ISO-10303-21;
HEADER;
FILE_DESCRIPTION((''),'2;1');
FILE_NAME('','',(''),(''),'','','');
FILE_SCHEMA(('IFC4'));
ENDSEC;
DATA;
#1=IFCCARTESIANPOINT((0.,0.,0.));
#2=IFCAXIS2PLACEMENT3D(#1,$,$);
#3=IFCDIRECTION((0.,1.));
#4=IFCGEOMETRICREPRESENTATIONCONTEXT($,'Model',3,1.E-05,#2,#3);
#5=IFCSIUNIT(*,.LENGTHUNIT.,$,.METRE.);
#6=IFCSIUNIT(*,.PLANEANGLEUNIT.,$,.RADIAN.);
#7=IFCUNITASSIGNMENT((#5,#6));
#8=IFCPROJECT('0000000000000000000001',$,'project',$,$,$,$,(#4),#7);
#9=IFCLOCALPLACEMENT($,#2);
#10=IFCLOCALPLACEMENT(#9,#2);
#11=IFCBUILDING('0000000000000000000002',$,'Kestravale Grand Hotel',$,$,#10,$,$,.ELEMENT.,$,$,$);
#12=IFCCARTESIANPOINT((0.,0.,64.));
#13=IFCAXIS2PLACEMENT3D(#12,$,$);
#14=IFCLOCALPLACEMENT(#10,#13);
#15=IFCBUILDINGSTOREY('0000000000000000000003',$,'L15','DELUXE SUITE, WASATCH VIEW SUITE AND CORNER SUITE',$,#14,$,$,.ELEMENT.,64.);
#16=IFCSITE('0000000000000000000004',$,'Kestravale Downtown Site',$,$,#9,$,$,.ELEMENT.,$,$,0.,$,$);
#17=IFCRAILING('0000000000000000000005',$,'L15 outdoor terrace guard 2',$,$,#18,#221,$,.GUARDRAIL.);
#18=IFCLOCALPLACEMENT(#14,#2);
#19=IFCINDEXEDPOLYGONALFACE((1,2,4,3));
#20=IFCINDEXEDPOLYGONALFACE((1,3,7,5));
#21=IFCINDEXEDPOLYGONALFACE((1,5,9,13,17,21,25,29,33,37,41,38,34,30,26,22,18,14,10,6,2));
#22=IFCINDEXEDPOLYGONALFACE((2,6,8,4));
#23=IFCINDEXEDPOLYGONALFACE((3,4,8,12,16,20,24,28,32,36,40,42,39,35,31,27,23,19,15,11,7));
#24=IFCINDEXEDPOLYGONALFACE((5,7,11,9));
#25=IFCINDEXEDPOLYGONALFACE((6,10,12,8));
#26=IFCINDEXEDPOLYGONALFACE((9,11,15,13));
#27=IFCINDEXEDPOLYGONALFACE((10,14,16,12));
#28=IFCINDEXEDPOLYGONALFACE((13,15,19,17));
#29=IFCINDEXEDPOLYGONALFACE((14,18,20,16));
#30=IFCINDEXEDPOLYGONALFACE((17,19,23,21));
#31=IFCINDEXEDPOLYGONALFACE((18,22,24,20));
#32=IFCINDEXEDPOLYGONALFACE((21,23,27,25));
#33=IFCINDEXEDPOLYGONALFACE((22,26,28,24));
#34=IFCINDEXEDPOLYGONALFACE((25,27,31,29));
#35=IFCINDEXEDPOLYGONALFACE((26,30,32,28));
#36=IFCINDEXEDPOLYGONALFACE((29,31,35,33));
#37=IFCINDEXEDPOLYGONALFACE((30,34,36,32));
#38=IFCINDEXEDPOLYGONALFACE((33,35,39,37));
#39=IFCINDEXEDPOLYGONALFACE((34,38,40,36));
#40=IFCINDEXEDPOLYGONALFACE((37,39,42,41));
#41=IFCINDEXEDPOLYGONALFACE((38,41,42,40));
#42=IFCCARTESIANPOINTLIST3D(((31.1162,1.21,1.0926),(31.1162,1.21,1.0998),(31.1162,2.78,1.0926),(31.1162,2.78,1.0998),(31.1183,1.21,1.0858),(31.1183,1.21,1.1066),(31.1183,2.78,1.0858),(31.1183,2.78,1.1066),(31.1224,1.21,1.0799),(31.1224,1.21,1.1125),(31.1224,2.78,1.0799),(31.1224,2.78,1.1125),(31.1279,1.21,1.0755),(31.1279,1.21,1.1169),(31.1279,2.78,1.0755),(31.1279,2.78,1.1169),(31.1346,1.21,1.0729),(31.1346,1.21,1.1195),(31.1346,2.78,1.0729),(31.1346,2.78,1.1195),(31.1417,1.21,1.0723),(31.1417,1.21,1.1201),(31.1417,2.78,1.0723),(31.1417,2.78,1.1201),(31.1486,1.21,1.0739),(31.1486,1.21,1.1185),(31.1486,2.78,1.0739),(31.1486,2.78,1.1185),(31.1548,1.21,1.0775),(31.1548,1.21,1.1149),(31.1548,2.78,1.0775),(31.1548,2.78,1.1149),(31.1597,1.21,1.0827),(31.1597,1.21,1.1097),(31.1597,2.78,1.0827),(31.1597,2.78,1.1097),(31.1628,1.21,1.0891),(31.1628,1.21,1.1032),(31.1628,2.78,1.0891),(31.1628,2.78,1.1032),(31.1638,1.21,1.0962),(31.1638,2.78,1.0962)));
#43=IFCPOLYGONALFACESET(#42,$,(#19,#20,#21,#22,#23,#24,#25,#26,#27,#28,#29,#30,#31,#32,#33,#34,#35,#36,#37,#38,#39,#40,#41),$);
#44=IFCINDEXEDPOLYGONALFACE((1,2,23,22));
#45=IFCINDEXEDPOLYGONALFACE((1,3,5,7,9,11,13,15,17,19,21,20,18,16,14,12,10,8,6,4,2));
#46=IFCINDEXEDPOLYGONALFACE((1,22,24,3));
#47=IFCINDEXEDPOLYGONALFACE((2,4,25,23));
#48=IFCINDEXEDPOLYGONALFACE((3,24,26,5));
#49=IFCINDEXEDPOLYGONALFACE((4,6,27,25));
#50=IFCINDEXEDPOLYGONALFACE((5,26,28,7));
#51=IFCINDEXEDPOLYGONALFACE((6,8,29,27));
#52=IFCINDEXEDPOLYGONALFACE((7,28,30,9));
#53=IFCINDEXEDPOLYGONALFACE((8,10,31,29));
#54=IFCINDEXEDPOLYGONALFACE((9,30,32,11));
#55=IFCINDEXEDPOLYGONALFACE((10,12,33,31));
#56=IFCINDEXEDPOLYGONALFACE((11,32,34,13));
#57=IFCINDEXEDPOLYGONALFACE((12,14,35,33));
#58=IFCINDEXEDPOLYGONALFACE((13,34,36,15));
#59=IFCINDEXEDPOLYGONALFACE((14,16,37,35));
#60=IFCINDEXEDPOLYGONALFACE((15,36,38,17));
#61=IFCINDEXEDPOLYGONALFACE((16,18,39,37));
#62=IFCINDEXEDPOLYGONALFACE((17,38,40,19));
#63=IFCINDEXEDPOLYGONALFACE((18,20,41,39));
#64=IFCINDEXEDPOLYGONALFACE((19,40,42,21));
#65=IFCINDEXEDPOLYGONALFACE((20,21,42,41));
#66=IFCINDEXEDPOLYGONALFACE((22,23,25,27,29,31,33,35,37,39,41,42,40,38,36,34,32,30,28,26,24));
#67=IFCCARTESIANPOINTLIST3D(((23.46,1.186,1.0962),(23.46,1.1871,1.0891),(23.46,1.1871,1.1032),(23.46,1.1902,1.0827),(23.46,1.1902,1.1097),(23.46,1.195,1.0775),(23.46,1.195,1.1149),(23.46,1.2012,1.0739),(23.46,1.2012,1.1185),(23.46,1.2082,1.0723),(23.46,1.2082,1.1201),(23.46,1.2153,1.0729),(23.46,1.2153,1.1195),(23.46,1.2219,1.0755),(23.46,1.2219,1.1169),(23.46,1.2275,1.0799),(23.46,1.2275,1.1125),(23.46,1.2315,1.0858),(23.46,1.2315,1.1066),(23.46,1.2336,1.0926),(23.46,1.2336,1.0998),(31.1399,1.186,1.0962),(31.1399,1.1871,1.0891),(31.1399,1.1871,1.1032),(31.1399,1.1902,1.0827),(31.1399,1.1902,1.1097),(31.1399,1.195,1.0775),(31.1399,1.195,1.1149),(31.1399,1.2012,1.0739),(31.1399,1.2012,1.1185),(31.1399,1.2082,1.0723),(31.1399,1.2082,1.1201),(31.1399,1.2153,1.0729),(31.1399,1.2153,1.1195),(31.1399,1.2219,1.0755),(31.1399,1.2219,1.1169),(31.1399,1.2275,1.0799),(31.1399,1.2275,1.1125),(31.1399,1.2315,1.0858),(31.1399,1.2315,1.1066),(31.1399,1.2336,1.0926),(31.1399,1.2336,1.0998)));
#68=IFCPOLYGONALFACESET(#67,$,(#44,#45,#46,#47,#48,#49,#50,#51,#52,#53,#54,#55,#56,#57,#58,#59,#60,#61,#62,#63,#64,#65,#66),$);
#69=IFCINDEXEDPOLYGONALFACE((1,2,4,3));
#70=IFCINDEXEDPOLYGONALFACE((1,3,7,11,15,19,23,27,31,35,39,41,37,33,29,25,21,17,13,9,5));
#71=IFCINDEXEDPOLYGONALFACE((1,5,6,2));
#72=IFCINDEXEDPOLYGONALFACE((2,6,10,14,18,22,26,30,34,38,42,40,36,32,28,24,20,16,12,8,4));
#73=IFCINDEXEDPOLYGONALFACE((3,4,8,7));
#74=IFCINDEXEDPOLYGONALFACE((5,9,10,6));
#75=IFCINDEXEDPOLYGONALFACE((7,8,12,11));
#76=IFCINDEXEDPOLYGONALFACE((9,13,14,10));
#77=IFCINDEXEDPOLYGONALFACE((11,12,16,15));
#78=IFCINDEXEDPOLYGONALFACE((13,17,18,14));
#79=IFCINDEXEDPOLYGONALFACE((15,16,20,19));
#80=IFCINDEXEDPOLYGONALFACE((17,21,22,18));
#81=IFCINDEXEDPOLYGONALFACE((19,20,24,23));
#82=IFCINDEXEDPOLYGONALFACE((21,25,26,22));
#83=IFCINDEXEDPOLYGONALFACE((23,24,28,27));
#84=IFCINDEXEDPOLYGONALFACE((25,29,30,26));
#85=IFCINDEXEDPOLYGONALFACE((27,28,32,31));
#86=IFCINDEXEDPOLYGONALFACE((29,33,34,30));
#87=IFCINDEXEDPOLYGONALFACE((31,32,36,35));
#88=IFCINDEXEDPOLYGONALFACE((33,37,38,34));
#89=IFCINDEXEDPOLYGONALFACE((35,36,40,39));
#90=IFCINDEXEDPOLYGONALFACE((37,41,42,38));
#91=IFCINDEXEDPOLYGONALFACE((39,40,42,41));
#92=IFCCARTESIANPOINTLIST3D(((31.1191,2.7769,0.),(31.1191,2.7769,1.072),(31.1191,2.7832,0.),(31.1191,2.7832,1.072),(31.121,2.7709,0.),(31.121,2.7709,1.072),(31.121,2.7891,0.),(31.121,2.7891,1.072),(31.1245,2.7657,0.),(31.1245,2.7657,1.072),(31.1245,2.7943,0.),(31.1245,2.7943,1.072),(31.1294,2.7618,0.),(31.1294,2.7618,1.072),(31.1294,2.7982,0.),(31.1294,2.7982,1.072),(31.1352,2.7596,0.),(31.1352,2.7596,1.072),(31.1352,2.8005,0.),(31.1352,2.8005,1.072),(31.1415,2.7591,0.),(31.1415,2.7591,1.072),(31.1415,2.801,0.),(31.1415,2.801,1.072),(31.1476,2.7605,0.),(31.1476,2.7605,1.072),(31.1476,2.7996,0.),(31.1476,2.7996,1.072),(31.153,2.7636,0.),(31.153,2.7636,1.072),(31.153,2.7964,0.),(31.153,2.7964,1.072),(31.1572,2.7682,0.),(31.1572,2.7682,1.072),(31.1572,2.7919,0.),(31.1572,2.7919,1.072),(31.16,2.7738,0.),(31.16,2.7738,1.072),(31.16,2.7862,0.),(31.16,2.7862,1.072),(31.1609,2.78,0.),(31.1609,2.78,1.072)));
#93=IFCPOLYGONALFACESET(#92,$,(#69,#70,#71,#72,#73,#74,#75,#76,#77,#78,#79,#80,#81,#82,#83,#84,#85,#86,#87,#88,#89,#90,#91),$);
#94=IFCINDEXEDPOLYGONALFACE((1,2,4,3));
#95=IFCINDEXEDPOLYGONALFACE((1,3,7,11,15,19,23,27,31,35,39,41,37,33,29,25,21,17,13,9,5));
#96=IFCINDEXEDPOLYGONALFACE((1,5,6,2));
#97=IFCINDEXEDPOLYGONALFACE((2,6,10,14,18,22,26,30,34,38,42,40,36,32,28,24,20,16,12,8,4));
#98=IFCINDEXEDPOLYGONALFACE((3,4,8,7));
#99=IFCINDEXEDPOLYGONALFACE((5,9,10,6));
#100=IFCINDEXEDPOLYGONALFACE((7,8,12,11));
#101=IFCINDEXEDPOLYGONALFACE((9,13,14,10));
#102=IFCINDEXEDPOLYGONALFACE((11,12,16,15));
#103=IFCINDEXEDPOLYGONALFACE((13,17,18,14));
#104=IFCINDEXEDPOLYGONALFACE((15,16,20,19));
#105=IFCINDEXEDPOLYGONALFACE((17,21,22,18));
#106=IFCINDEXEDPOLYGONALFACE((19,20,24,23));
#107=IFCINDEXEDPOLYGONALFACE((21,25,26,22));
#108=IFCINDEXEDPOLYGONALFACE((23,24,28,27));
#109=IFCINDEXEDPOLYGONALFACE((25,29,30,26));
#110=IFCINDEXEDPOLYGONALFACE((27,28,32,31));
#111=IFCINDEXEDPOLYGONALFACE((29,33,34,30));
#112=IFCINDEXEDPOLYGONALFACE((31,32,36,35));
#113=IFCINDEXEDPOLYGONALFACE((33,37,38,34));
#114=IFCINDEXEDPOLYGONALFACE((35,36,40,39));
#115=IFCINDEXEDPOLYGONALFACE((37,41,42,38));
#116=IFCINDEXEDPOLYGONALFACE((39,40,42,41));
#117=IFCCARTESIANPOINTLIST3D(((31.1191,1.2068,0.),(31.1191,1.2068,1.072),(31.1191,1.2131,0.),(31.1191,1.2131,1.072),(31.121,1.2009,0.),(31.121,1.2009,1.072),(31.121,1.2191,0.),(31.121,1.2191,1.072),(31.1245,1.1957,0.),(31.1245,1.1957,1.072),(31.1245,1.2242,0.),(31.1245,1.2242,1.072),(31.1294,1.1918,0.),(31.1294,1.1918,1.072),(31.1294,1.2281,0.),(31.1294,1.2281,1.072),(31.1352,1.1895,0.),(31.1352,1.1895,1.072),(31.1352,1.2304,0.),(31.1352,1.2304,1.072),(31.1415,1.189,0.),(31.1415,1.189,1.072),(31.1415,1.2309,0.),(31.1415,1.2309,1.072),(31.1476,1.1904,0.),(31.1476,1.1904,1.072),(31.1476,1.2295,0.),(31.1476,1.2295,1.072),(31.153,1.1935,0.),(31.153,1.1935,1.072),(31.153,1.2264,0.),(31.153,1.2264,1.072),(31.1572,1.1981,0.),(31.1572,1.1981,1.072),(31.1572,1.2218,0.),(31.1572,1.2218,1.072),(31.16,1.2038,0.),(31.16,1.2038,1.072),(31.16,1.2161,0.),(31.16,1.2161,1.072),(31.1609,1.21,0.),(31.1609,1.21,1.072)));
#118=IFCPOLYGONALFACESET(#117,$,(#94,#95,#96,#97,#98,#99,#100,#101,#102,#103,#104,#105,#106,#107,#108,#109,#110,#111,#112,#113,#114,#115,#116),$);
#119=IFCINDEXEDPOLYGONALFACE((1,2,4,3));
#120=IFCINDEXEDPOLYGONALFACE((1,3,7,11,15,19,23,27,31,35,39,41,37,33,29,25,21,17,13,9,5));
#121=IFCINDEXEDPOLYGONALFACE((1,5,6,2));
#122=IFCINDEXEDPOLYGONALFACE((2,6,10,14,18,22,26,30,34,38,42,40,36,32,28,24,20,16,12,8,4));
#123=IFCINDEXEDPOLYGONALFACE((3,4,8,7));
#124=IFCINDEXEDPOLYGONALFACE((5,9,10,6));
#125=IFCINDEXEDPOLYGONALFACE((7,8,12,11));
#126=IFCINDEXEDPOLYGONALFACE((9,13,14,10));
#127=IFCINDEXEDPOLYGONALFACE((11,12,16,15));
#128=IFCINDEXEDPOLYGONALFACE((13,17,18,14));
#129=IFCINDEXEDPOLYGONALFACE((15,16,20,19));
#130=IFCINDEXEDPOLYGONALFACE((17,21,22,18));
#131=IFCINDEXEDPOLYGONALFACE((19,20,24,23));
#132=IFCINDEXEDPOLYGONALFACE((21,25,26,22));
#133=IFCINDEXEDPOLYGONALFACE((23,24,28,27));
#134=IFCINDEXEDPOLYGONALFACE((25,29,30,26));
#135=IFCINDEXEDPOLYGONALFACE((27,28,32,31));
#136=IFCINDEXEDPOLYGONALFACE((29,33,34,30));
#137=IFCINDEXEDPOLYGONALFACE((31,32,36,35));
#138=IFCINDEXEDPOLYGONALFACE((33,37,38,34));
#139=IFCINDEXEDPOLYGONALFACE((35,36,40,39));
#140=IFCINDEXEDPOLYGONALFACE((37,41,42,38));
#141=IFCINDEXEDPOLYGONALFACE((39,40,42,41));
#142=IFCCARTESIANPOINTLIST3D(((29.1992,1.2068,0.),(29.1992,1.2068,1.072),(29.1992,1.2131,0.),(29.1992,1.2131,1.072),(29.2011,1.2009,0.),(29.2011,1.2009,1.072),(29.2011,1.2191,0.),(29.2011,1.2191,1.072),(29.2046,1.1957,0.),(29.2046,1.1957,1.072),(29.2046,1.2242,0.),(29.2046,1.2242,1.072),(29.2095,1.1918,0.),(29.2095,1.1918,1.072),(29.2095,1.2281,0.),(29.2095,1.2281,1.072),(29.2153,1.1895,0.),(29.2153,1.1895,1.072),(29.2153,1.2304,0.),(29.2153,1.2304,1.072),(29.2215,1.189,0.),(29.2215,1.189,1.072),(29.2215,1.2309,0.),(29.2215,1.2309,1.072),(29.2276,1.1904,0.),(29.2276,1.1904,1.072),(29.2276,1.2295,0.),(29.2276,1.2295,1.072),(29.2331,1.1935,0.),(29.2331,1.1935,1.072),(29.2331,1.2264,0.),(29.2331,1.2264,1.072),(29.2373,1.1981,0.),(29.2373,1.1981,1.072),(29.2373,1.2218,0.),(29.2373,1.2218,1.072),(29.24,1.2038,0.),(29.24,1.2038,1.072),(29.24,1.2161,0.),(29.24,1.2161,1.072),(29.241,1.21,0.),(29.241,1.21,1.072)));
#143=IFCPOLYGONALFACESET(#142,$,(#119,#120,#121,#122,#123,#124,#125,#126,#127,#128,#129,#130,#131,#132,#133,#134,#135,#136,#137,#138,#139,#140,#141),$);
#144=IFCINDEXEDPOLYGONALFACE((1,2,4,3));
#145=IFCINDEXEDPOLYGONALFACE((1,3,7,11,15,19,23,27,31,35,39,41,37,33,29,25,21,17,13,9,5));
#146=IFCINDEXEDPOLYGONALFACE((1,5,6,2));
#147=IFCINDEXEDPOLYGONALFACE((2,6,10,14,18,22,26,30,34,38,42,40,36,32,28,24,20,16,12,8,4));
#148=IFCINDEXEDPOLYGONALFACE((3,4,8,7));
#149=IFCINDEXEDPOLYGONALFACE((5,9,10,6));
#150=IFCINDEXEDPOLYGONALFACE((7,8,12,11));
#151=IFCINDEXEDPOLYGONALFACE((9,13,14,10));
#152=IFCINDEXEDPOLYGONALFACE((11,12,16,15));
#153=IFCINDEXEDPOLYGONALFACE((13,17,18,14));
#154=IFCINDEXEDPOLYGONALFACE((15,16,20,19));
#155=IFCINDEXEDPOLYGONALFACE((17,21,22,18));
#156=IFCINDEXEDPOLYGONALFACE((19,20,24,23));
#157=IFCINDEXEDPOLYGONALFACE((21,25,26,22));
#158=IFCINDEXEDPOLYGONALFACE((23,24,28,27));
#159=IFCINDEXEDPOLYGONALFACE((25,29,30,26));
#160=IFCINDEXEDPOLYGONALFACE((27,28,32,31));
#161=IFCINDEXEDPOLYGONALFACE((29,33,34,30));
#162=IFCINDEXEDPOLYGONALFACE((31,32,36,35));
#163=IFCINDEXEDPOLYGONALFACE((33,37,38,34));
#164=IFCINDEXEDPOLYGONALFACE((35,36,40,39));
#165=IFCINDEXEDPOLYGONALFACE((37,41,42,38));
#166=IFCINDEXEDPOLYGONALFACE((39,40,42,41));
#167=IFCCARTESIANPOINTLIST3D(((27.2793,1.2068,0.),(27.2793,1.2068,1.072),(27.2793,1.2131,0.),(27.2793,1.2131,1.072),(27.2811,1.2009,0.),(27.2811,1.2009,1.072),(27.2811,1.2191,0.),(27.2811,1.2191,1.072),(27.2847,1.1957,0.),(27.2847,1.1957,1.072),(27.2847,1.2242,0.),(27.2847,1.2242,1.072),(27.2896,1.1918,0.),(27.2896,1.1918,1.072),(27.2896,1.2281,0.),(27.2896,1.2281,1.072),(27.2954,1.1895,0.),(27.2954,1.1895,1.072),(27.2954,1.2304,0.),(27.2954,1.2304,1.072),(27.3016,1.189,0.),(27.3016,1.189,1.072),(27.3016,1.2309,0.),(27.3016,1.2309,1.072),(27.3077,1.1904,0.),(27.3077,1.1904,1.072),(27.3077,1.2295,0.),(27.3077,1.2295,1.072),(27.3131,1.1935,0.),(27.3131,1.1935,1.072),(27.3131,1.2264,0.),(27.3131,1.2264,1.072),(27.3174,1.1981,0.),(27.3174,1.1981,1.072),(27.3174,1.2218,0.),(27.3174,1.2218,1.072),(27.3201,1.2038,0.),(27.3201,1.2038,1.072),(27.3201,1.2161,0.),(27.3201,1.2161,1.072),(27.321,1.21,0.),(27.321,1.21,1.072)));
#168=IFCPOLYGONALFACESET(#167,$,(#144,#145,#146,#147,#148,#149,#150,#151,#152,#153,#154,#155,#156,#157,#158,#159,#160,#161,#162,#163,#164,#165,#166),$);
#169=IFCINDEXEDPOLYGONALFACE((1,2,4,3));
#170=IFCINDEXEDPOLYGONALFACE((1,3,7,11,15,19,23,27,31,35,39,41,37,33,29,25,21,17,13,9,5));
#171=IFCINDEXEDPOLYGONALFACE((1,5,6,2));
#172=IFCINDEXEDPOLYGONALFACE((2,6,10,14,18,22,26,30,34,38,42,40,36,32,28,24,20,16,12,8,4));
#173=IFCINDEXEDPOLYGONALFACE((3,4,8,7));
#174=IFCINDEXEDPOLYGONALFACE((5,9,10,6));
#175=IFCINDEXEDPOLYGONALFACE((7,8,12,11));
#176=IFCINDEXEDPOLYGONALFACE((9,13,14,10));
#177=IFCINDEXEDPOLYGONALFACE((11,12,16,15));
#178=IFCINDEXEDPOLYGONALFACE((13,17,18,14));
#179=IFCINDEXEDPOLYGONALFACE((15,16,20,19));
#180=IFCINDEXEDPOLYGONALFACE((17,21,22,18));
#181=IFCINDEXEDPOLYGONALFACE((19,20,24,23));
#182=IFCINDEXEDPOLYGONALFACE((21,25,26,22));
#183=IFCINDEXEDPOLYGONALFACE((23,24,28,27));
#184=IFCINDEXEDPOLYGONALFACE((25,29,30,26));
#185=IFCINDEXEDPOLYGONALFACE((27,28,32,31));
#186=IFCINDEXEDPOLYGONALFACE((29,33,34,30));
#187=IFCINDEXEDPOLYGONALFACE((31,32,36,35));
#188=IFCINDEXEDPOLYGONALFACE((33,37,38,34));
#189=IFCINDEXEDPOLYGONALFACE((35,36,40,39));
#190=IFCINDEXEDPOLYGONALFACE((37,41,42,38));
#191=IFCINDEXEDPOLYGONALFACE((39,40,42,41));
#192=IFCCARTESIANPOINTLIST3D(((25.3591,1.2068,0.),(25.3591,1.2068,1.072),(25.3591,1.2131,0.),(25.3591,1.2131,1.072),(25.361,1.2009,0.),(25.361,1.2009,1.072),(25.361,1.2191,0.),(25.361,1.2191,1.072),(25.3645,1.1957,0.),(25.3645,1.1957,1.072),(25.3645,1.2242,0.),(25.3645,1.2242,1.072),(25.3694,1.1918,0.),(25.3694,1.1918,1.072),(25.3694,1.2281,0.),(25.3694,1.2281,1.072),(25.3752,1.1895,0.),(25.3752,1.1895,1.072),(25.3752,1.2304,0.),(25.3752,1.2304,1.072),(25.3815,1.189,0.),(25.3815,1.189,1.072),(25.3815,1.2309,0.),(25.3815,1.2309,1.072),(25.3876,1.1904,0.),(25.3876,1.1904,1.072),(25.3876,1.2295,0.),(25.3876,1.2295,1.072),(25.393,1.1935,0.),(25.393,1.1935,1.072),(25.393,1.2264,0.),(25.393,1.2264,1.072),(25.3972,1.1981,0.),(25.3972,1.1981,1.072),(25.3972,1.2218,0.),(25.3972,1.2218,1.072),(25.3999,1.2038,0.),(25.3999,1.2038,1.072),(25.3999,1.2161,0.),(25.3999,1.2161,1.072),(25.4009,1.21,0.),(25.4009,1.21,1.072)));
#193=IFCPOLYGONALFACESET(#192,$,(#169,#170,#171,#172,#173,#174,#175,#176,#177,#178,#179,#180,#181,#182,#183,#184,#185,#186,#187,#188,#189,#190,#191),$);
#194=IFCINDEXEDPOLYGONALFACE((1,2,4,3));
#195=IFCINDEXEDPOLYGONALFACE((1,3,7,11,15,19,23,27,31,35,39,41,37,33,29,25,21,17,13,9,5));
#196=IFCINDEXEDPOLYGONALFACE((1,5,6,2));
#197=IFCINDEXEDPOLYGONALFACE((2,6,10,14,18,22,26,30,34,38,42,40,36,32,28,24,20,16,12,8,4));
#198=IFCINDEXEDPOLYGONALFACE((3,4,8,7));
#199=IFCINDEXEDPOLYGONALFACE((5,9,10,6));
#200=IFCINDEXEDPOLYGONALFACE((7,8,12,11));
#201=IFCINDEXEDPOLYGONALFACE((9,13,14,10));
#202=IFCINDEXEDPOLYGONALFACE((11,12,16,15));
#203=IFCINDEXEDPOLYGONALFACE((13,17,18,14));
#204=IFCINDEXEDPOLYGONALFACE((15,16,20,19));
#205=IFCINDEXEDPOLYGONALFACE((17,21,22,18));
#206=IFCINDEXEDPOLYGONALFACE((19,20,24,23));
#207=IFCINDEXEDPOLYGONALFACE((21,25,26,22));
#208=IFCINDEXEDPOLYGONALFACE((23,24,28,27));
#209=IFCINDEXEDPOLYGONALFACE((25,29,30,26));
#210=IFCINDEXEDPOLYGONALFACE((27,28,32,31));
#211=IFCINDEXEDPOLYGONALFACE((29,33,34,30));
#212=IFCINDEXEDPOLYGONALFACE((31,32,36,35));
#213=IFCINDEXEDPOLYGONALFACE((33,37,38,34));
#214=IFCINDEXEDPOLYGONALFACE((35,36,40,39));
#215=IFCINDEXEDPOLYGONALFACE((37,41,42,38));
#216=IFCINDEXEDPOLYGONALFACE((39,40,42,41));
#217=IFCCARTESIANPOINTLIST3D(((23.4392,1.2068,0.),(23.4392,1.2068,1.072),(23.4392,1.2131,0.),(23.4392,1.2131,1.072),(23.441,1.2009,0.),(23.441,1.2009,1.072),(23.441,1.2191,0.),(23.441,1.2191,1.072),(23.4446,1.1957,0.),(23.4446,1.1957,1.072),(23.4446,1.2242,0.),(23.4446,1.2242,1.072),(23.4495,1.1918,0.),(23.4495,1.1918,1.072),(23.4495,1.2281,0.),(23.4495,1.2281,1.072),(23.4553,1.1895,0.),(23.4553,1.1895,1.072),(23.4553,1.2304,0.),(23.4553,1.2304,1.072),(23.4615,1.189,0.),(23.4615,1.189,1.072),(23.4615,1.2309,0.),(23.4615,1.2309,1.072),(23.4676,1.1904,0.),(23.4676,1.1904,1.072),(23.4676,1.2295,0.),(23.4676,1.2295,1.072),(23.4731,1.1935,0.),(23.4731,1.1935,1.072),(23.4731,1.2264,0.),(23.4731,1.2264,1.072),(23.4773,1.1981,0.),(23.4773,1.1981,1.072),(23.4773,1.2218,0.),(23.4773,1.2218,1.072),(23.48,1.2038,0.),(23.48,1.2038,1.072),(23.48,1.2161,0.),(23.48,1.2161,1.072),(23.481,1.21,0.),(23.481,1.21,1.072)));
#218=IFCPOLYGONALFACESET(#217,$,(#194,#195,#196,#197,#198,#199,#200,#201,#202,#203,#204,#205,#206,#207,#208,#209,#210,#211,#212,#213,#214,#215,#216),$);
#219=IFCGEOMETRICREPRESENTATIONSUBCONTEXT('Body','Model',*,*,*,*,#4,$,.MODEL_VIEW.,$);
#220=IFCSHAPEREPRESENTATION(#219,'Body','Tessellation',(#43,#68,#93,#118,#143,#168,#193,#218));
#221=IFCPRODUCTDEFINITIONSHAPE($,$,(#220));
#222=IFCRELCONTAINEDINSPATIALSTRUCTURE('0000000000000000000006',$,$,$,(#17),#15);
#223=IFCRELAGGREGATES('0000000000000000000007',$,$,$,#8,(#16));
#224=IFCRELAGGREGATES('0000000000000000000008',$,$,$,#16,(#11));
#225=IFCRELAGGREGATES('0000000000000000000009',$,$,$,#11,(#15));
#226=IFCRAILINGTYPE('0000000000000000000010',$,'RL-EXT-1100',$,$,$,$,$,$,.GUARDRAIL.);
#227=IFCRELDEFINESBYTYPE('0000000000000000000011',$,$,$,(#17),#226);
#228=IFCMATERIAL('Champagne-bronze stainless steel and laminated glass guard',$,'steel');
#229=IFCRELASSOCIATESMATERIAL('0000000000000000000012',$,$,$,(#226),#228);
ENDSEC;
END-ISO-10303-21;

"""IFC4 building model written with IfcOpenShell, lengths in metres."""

from ifc_helpers import new_model, si_unit, direction, frame, origin, origin_2d, place, context, subcontext, project, spatial, circle, extrude, material, type_object, element, save


model = new_model("IFC4")

# Units and contexts
model_context = context("Model", 3, precision=1e-05, world=origin(), true_north=direction((0.0, 1.0)))
body_context = subcontext(model_context, "Body", "Model", "MODEL_VIEW")
ifc_project = project(units=[si_unit("LENGTHUNIT", "METRE"), si_unit("PLANEANGLEUNIT", "RADIAN")], contexts=[model_context])

# Site, building, storey
site_placement = place(None, origin())
site = spatial("IfcSite", under=ifc_project, at=site_placement, Name="Kestravale Downtown Site", CompositionType="ELEMENT", RefElevation=0.0)
building_placement = place(site_placement, origin())
building = spatial("IfcBuilding", under=site, at=building_placement, Name="Kestravale Grand Hotel", CompositionType="ELEMENT")
storey_placement = place(building_placement, frame((0.0, 0.0, 64.0)))
storey = spatial("IfcBuildingStorey", under=building, at=storey_placement, Name="L15", Description="DELUXE SUITE, WASATCH VIEW SUITE AND CORNER SUITE", CompositionType="ELEMENT", Elevation=64.0)

# Railing
ifc_material_1 = material(Name="Champagne-bronze stainless steel and laminated glass guard", Category="steel")
railing_type = type_object("IfcRailingType", Name="RL-EXT-1100", PredefinedType="GUARDRAIL", material=ifc_material_1)
railing_1_placement = place(storey_placement, frame((31.1399, 2.78, 0.0)))
element("IfcRailing", 1, at=railing_1_placement, inside=storey, type_object=railing_type, Name="L15 outdoor terrace guard 2", PredefinedType="GUARDRAIL", context=body_context, shape_type="SweptSolid", body=[
    extrude(circle(Radius=0.0239, at=origin_2d()), frame((0.0, 0.0, 1.0962), z_axis=(0.0, -1.0, 0.0), x_axis=(1.0, 0.0, 0.0)), (0.0, 0.0, 1.0), 1.5701),
    extrude(circle(Radius=0.0239, at=origin_2d()), frame((0.0, -1.5701, 1.0962), z_axis=(-1.0, 0.0, 0.0), x_axis=(0.0, -1.0, 0.0)), (0.0, 0.0, 1.0), 7.6799),
    extrude(circle(Radius=0.021, at=origin_2d()), origin(), (0.0, 0.0, 1.0), 1.072),
    extrude(circle(Radius=0.021, at=origin_2d()), frame((0.0, -1.5701, 0.0)), (0.0, 0.0, 1.0), 1.072),
    extrude(circle(Radius=0.021, at=origin_2d()), frame((-1.9199, -1.5701, 0.0)), (0.0, 0.0, 1.0), 1.072),
    extrude(circle(Radius=0.021, at=origin_2d()), frame((-3.8398, -1.5701, 0.0)), (0.0, 0.0, 1.0), 1.072),
    extrude(circle(Radius=0.021, at=origin_2d()), frame((-5.76, -1.5701, 0.0)), (0.0, 0.0, 1.0), 1.072),
    extrude(circle(Radius=0.021, at=origin_2d()), frame((-7.6799, -1.5701, 0.0)), (0.0, 0.0, 1.0), 1.072),
])

save(model, "model.ifc")
